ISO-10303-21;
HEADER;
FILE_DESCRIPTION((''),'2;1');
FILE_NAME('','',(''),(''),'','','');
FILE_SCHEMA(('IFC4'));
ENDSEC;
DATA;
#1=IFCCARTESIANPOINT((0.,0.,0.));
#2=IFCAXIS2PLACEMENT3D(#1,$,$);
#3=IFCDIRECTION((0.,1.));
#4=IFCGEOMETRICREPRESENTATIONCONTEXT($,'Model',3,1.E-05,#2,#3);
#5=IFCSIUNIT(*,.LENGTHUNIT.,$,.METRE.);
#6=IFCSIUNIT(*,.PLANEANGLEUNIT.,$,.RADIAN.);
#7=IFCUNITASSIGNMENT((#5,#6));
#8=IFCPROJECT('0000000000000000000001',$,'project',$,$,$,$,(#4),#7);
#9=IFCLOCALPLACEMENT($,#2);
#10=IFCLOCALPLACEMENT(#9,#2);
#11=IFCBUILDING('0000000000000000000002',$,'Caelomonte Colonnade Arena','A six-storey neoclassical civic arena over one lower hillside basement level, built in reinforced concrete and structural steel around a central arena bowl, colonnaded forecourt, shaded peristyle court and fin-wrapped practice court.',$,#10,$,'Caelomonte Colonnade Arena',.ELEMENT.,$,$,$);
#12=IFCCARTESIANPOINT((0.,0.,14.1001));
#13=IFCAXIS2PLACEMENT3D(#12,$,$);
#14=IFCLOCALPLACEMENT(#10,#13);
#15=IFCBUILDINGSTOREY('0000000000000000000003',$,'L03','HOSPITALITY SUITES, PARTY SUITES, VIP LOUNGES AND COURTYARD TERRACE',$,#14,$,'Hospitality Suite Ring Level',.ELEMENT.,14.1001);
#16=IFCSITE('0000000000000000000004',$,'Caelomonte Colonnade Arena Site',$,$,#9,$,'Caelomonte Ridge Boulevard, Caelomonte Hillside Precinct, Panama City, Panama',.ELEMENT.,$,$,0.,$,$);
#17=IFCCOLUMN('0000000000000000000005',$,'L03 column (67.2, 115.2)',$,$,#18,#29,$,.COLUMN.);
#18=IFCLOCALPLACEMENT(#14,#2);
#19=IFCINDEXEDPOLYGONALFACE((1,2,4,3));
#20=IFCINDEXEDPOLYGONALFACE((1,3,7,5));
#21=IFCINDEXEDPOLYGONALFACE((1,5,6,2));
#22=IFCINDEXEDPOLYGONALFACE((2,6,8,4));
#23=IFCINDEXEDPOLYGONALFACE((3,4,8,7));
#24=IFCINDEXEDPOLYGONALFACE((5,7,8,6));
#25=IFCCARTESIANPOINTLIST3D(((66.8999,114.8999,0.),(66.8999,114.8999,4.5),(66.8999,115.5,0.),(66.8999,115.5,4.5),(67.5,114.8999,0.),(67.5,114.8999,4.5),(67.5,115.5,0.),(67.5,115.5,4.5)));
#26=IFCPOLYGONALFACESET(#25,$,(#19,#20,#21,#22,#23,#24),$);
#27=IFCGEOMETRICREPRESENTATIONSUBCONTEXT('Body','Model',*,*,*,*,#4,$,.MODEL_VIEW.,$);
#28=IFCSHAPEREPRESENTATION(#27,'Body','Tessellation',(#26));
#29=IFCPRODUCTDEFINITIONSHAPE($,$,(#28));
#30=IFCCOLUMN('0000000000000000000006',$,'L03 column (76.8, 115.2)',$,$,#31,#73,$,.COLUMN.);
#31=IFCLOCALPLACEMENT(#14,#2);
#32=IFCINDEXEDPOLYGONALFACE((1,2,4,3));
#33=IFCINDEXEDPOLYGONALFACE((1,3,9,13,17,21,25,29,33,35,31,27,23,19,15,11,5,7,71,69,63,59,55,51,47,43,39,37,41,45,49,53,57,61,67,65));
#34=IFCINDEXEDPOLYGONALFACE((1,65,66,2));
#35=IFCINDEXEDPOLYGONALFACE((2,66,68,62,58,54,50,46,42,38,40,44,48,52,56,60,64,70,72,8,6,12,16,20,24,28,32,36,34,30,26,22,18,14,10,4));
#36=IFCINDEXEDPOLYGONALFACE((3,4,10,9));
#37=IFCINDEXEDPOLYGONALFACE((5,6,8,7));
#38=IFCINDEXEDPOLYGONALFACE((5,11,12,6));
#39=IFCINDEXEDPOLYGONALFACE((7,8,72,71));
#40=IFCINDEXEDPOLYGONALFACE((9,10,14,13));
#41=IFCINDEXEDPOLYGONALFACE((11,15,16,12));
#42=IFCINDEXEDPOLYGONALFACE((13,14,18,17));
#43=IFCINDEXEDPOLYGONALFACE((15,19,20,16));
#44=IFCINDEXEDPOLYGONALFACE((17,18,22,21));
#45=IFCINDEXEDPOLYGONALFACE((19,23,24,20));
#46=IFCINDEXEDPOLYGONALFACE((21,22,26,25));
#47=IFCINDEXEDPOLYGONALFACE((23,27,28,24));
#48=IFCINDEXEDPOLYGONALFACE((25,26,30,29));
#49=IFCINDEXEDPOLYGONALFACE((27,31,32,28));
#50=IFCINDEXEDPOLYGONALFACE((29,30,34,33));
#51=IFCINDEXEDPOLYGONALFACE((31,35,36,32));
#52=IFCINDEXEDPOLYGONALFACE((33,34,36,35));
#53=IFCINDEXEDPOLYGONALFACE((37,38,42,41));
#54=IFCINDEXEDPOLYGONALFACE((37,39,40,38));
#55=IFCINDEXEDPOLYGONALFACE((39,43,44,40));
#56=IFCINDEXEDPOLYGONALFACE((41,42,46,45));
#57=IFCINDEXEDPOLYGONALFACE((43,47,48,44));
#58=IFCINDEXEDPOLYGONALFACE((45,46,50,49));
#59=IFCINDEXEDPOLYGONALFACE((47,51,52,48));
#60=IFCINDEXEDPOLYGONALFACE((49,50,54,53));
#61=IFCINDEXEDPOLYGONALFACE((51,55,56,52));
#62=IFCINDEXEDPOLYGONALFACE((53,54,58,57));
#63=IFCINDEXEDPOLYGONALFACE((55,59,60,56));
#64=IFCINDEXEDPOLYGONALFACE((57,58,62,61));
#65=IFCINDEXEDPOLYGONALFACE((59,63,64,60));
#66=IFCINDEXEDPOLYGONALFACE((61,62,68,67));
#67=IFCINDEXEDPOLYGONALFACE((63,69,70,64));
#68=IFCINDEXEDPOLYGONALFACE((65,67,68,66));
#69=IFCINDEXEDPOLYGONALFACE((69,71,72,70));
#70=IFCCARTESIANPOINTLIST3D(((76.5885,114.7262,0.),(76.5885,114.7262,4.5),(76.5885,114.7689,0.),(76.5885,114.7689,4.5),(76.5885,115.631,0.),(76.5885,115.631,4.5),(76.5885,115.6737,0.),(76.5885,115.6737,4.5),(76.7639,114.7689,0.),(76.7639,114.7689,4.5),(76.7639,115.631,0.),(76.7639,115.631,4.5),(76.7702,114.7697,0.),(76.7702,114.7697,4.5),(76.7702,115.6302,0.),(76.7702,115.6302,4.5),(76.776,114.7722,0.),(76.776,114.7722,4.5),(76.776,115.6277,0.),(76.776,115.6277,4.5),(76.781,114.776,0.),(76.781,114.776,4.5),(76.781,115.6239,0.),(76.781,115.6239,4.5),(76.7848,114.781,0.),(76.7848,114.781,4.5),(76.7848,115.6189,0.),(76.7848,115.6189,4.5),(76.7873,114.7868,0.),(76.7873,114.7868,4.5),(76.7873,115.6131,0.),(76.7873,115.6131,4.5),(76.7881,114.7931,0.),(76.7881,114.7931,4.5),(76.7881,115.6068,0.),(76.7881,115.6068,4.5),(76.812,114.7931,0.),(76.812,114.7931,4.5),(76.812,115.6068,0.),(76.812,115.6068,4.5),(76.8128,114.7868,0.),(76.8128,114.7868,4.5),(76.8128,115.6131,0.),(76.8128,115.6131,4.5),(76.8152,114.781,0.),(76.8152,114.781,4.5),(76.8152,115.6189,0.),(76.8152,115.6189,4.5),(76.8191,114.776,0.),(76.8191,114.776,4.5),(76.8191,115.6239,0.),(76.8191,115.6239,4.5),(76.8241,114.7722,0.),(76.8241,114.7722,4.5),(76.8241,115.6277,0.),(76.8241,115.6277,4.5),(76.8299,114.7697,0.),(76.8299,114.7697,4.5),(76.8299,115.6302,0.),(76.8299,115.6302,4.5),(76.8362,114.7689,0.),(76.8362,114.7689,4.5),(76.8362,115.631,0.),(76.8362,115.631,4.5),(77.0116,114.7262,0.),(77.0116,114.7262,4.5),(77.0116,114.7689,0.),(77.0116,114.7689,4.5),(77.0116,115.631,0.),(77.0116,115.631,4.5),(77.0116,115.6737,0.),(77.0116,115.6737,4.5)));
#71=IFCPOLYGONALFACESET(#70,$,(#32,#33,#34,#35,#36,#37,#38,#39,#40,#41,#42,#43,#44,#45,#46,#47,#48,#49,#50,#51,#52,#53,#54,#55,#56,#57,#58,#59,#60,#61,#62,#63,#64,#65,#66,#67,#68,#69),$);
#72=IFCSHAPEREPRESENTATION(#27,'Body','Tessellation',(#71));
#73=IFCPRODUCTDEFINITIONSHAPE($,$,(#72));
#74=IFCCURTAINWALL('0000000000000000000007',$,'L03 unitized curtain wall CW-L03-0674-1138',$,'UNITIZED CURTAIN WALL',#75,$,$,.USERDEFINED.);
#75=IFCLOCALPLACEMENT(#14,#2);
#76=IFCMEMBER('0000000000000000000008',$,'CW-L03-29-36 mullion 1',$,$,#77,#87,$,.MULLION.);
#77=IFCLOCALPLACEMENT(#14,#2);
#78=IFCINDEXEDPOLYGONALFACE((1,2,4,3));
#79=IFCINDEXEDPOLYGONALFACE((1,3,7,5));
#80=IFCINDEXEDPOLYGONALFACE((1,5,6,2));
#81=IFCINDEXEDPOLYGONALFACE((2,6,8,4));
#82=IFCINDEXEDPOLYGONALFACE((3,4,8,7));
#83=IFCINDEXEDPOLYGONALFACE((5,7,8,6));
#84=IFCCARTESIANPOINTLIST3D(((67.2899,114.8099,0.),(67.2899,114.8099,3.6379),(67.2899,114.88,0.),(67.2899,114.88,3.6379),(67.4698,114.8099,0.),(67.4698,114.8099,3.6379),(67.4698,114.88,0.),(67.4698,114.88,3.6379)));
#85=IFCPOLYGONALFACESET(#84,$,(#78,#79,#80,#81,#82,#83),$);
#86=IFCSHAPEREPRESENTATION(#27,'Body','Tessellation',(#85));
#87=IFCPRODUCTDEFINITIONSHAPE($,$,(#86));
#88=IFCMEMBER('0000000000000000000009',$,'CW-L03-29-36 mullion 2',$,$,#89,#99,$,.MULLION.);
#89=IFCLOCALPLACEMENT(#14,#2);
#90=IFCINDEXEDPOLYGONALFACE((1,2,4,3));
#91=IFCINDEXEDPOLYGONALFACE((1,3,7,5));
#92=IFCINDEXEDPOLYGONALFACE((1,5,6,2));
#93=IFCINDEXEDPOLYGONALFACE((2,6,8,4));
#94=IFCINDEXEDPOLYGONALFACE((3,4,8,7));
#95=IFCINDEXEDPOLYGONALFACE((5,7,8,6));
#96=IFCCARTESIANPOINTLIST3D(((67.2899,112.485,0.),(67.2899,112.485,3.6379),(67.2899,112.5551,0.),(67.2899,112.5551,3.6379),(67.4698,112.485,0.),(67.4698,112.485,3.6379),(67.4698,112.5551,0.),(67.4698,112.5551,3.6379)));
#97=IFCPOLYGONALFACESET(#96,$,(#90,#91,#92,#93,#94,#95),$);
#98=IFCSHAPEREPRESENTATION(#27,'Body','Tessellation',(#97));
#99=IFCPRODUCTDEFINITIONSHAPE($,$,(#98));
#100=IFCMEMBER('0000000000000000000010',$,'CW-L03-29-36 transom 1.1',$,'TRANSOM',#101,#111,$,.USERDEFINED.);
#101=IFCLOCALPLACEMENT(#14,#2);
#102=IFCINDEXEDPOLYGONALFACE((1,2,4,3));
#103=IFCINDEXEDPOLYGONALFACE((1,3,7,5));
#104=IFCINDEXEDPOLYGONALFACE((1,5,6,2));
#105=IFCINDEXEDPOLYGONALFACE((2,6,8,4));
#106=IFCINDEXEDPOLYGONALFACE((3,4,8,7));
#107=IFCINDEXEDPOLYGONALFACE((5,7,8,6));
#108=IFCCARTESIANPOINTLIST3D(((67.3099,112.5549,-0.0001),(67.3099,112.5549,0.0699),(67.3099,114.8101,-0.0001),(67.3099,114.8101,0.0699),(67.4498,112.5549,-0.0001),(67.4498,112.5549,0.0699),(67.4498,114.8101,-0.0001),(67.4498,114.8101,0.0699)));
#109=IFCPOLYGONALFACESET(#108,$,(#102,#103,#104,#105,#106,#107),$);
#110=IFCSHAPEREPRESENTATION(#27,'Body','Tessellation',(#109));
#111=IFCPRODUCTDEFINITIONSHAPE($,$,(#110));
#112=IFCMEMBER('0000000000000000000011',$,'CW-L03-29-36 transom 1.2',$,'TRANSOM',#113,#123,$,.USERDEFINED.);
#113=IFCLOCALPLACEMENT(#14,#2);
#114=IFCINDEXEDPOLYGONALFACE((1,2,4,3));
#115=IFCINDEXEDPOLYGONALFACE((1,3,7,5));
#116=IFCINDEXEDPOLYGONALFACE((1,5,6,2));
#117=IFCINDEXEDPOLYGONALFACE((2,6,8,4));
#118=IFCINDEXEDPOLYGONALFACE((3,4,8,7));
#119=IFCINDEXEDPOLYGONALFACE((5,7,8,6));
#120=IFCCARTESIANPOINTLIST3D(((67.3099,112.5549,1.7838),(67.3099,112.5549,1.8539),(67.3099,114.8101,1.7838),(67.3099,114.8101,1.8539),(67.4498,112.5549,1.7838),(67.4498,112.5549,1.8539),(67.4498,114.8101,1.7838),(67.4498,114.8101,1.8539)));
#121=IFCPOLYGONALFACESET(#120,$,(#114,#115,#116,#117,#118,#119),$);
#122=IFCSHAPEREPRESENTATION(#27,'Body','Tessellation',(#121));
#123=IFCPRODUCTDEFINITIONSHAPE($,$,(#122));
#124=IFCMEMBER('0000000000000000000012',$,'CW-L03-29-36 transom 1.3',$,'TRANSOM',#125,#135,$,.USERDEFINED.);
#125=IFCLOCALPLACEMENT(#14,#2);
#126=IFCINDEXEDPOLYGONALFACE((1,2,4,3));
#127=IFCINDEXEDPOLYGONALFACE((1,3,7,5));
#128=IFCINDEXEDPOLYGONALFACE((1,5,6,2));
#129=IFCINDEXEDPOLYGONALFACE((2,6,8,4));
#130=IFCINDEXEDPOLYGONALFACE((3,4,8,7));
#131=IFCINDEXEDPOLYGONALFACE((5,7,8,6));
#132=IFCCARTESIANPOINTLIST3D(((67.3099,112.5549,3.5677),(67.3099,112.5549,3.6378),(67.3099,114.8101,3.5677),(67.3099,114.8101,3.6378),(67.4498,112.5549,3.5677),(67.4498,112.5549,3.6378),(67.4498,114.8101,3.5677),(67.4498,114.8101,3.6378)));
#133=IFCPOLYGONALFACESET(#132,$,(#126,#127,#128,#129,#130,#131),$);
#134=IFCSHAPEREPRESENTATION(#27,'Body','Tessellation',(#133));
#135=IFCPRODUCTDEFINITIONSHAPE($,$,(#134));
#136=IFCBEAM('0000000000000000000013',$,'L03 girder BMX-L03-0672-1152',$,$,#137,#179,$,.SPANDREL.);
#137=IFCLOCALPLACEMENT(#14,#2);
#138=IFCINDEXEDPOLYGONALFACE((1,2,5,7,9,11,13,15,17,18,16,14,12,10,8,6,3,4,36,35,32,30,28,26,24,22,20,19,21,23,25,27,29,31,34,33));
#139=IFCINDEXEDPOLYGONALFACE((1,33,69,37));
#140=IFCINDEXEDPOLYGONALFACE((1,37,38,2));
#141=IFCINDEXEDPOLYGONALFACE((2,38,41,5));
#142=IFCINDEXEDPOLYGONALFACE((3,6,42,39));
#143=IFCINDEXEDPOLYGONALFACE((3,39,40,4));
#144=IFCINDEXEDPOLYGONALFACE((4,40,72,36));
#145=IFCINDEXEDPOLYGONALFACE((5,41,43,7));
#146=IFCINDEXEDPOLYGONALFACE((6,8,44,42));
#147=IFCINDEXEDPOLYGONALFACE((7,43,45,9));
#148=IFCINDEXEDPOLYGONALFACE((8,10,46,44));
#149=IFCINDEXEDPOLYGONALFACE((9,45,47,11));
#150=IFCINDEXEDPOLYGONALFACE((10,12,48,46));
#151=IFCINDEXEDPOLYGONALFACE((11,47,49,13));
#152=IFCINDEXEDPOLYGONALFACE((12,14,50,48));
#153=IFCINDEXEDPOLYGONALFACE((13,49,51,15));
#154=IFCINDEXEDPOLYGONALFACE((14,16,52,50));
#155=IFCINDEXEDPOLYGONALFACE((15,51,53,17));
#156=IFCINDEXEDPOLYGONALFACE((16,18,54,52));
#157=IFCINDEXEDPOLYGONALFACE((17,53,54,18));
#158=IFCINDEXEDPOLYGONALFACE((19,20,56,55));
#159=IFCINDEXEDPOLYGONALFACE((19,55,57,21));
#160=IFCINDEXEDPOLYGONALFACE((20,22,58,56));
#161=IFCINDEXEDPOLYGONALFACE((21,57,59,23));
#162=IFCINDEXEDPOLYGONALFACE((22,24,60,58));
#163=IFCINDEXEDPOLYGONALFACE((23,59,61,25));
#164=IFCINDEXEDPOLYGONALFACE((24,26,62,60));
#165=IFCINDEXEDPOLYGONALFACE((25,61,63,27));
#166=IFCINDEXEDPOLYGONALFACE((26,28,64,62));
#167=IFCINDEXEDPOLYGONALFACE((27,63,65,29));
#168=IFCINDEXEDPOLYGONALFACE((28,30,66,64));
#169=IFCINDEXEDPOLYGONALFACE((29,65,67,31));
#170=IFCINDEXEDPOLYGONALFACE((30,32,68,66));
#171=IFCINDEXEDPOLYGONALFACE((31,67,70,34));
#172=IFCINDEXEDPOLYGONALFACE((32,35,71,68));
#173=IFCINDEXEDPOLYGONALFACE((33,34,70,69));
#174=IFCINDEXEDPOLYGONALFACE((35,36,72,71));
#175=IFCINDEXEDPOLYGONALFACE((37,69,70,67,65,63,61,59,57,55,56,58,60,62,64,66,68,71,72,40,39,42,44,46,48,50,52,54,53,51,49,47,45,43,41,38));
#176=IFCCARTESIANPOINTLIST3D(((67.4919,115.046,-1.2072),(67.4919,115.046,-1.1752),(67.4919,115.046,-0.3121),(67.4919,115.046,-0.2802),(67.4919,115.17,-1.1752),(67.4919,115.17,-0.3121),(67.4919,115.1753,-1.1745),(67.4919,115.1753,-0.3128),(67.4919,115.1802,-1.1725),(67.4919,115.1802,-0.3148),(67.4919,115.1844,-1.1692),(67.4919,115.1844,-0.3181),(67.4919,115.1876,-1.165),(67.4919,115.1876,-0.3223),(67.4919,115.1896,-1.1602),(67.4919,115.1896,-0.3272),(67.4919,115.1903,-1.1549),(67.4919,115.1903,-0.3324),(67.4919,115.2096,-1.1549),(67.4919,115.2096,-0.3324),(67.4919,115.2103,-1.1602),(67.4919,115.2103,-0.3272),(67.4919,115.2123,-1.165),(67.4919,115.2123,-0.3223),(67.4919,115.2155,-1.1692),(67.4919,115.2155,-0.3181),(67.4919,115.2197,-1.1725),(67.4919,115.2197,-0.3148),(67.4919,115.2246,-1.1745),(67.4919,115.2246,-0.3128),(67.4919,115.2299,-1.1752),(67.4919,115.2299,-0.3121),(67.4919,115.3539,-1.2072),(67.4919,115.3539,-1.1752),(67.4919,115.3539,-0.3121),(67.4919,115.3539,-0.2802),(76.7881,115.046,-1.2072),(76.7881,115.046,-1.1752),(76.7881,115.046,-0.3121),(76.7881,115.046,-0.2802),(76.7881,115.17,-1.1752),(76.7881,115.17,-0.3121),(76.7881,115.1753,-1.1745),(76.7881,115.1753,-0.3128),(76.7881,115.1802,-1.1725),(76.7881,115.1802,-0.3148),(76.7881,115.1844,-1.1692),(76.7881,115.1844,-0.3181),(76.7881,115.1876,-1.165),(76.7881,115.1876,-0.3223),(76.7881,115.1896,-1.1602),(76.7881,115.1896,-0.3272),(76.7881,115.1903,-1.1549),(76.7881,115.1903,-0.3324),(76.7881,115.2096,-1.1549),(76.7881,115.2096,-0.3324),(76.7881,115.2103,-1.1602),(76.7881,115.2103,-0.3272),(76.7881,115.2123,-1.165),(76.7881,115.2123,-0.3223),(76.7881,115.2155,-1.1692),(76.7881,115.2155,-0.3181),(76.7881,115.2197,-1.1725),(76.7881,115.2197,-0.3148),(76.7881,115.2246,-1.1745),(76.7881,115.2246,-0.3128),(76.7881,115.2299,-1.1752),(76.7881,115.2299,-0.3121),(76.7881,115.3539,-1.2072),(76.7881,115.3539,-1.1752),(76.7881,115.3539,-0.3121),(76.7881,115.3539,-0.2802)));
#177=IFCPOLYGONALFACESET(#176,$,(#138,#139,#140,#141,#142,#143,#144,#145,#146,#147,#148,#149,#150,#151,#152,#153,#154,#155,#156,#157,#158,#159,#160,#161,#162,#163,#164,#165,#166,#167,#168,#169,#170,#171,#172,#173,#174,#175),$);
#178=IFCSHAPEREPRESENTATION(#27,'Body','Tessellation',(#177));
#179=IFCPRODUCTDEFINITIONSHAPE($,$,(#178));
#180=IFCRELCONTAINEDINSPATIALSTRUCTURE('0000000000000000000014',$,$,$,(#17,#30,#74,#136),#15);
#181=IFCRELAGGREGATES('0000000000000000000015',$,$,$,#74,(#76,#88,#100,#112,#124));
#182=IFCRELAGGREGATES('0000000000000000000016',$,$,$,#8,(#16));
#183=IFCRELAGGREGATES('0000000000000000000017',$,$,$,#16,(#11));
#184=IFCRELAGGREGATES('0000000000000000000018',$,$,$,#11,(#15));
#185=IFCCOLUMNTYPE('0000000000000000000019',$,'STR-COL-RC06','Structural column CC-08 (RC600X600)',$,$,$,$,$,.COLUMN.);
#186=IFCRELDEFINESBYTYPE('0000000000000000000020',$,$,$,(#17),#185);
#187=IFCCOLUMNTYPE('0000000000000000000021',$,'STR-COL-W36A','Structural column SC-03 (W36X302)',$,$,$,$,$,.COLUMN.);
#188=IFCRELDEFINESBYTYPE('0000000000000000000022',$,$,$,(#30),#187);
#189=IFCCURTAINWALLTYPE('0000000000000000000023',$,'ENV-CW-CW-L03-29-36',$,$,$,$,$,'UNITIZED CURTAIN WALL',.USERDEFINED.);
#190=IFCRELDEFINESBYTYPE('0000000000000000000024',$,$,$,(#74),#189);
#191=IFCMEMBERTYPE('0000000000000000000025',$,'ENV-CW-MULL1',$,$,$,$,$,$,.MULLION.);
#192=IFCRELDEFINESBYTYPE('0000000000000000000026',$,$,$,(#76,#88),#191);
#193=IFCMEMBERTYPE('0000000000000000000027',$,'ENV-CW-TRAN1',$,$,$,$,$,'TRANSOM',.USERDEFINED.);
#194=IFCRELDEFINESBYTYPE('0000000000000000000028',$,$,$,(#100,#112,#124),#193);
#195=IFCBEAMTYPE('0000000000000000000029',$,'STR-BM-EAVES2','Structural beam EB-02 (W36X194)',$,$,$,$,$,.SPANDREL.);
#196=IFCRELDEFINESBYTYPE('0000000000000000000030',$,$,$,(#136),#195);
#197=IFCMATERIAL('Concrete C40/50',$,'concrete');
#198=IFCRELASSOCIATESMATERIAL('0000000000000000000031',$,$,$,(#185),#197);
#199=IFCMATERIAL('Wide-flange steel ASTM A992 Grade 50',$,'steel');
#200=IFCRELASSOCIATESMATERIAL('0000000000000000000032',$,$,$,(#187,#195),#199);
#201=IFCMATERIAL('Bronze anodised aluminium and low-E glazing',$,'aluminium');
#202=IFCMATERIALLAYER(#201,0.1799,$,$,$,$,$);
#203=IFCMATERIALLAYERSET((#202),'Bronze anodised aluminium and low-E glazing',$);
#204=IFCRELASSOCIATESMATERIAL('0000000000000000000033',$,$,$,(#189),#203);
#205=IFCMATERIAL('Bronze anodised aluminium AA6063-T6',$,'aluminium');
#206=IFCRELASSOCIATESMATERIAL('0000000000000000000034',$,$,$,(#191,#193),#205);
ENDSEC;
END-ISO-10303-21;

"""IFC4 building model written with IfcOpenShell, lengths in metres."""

from ifc_helpers import new_model, si_unit, direction, frame, origin, origin_2d, place, context, subcontext, project, spatial, rectangle, i_section, extrude, material, layer, layer_set, material_profile, profile_set, type_object, element, aggregate, save


model = new_model("IFC4")

# Units and contexts
model_context = context("Model", 3, precision=1e-05, world=origin(), true_north=direction((0.0, 1.0)))
body_context = subcontext(model_context, "Body", "Model", "MODEL_VIEW")
ifc_project = project(units=[si_unit("LENGTHUNIT", "METRE"), si_unit("PLANEANGLEUNIT", "RADIAN")], contexts=[model_context])

# Site, building, storey
site_placement = place(None, origin())
site = spatial("IfcSite", under=ifc_project, at=site_placement, Name="Caelomonte Colonnade Arena Site", LongName="Caelomonte Ridge Boulevard, Caelomonte Hillside Precinct, Panama City, Panama", CompositionType="ELEMENT", RefElevation=0.0)
building_placement = place(site_placement, origin())
building = spatial("IfcBuilding", under=site, at=building_placement, Name="Caelomonte Colonnade Arena", Description="A six-storey neoclassical civic arena over one lower hillside basement level, built in reinforced concrete and structural steel around a central arena bowl, colonnaded forecourt, shaded peristyle court and fin-wrapped practice court.", LongName="Caelomonte Colonnade Arena", CompositionType="ELEMENT")
storey_placement = place(building_placement, frame((0.0, 0.0, 14.1001)))
storey = spatial("IfcBuildingStorey", under=building, at=storey_placement, Name="L03", Description="HOSPITALITY SUITES, PARTY SUITES, VIP LOUNGES AND COURTYARD TERRACE", LongName="Hospitality Suite Ring Level", CompositionType="ELEMENT", Elevation=14.1001)

# Columns
ifc_material_1 = material(Name="Concrete C40/50", Category="concrete")
ifc_material_profile_1 = material_profile(ifc_material_1, rectangle(XDim=0.6001, YDim=0.6001, at=origin_2d()), Name="RC600X600")
ifc_profile_set_1 = profile_set([ifc_material_profile_1], Name="Concrete C40/50")
column_type_1 = type_object("IfcColumnType", Name="STR-COL-RC06", Description="Structural column CC-08 (RC600X600)", PredefinedType="COLUMN", material=ifc_profile_set_1)
column_1_placement = place(storey_placement, frame((67.2, 115.2, 0.0), z_axis=(0.0, 0.0, 1.0), x_axis=(1.0, 0.0, 0.0)))
element("IfcColumn", 1, at=column_1_placement, inside=storey, type_object=column_type_1, Name="L03 column (67.2, 115.2)", PredefinedType="COLUMN", context=body_context, shape_type="SweptSolid", body=[
    extrude(rectangle(XDim=0.6001, YDim=0.6001, at=origin_2d()), origin(), (0.0, 0.0, 1.0), 4.5),
])
ifc_material_2 = material(Name="Wide-flange steel ASTM A992 Grade 50", Category="steel")
ifc_material_profile_2 = material_profile(ifc_material_2, i_section(OverallWidth=0.4231, OverallDepth=0.9475, WebThickness=0.0239, FlangeThickness=0.0427, FilletRadius=0.0242, at=origin_2d()), Name="W36X302")
ifc_profile_set_2 = profile_set([ifc_material_profile_2], Name="Wide-flange steel ASTM A992 Grade 50")
column_type_2 = type_object("IfcColumnType", Name="STR-COL-W36A", Description="Structural column SC-03 (W36X302)", PredefinedType="COLUMN", material=ifc_profile_set_2)
column_2_placement = place(storey_placement, frame((76.8, 115.2, 0.0), z_axis=(0.0, 0.0, 1.0), x_axis=(1.0, 0.0, 0.0)))
element("IfcColumn", 2, at=column_2_placement, inside=storey, type_object=column_type_2, Name="L03 column (76.8, 115.2)", PredefinedType="COLUMN", context=body_context, shape_type="SweptSolid", body=[
    extrude(i_section(OverallWidth=0.4231, OverallDepth=0.9475, WebThickness=0.0239, FlangeThickness=0.0427, FilletRadius=0.0242, at=origin_2d()), origin(), (0.0, 0.0, 1.0), 4.5),
])

# Curtain wall, members
ifc_material_3 = material(Name="Bronze anodised aluminium and low-E glazing", Category="aluminium")
ifc_layer_1 = layer(ifc_material_3, 0.1799)
ifc_layer_set_1 = layer_set([ifc_layer_1], Name="Bronze anodised aluminium and low-E glazing")
curtain_wall_type = type_object("IfcCurtainWallType", Name="ENV-CW-CW-L03-29-36", ElementType="UNITIZED CURTAIN WALL", PredefinedType="USERDEFINED", material=ifc_layer_set_1)
curtain_wall_placement = place(storey_placement, origin())
curtain_wall = element("IfcCurtainWall", 3, at=curtain_wall_placement, inside=storey, type_object=curtain_wall_type, Name="L03 unitized curtain wall CW-L03-0674-1138", ObjectType="UNITIZED CURTAIN WALL", PredefinedType="USERDEFINED")
ifc_material_4 = material(Name="Bronze anodised aluminium AA6063-T6", Category="aluminium")
ifc_material_profile_3 = material_profile(ifc_material_4, rectangle(XDim=0.0701, YDim=0.1799, at=origin_2d()), Name="CWM-70X180")
ifc_profile_set_3 = profile_set([ifc_material_profile_3], Name="Bronze anodised aluminium AA6063-T6")
member_type_1 = type_object("IfcMemberType", Name="ENV-CW-MULL1", PredefinedType="MULLION", material=ifc_profile_set_3)
member_1_placement = place(storey_placement, frame((67.3799, 114.845, 0.0), z_axis=(0.0, 0.0, 1.0), x_axis=(0.0, -1.0, 0.0)))
member_1 = element("IfcMember", 4, at=member_1_placement, type_object=member_type_1, Name="CW-L03-29-36 mullion 1", PredefinedType="MULLION", context=body_context, shape_type="SweptSolid", body=[
    extrude(rectangle(XDim=0.0701, YDim=0.1799, at=origin_2d()), origin(), (0.0, 0.0, 1.0), 3.6379),
])
member_2_placement = place(storey_placement, frame((67.3799, 112.52, 0.0), z_axis=(0.0, 0.0, 1.0), x_axis=(0.0, -1.0, 0.0)))
member_2 = element("IfcMember", 5, at=member_2_placement, type_object=member_type_1, Name="CW-L03-29-36 mullion 2", PredefinedType="MULLION", context=body_context, shape_type="SweptSolid", body=[
    extrude(rectangle(XDim=0.0701, YDim=0.1799, at=origin_2d()), origin(), (0.0, 0.0, 1.0), 3.6379),
])
ifc_material_profile_4 = material_profile(ifc_material_4, rectangle(XDim=0.0701, YDim=0.1399, at=origin_2d()), Name="CWT-70X140")
ifc_profile_set_4 = profile_set([ifc_material_profile_4], Name="Bronze anodised aluminium AA6063-T6")
member_type_2 = type_object("IfcMemberType", Name="ENV-CW-TRAN1", ElementType="TRANSOM", PredefinedType="USERDEFINED", material=ifc_profile_set_4)
member_3_placement = place(storey_placement, frame((67.3799, 114.8101, 0.0349), z_axis=(0.0, -1.0, 0.0), x_axis=(0.0, 0.0, 1.0)))
member_3 = element("IfcMember", 6, at=member_3_placement, type_object=member_type_2, Name="CW-L03-29-36 transom 1.1", ObjectType="TRANSOM", PredefinedType="USERDEFINED", context=body_context, shape_type="SweptSolid", body=[
    extrude(rectangle(XDim=0.0701, YDim=0.1399, at=origin_2d()), origin(), (0.0, 0.0, 1.0), 2.2551),
])
member_4_placement = place(storey_placement, frame((67.3799, 114.8101, 1.8188), z_axis=(0.0, -1.0, 0.0), x_axis=(0.0, 0.0, 1.0)))
member_4 = element("IfcMember", 7, at=member_4_placement, type_object=member_type_2, Name="CW-L03-29-36 transom 1.2", ObjectType="TRANSOM", PredefinedType="USERDEFINED", context=body_context, shape_type="SweptSolid", body=[
    extrude(rectangle(XDim=0.0701, YDim=0.1399, at=origin_2d()), origin(), (0.0, 0.0, 1.0), 2.2551),
])
member_5_placement = place(storey_placement, frame((67.3799, 114.8101, 3.6028), z_axis=(0.0, -1.0, 0.0), x_axis=(0.0, 0.0, 1.0)))
member_5 = element("IfcMember", 8, at=member_5_placement, type_object=member_type_2, Name="CW-L03-29-36 transom 1.3", ObjectType="TRANSOM", PredefinedType="USERDEFINED", context=body_context, shape_type="SweptSolid", body=[
    extrude(rectangle(XDim=0.0701, YDim=0.1399, at=origin_2d()), origin(), (0.0, 0.0, 1.0), 2.2551),
])

# Beam
ifc_material_profile_5 = material_profile(ifc_material_2, i_section(OverallWidth=0.3079, OverallDepth=0.927, WebThickness=0.0193, FlangeThickness=0.032, FilletRadius=0.0203, at=origin_2d()), Name="W36X194")
ifc_profile_set_5 = profile_set([ifc_material_profile_5], Name="Wide-flange steel ASTM A992 Grade 50")
beam_type_1 = type_object("IfcBeamType", Name="STR-BM-EAVES2", Description="Structural beam EB-02 (W36X194)", PredefinedType="SPANDREL", material=ifc_profile_set_5)
beam_1_placement = place(storey_placement, frame((67.4919, 115.2, -0.7437), z_axis=(1.0, 0.0, 0.0), x_axis=(0.0, 1.0, 0.0)))
element("IfcBeam", 9, at=beam_1_placement, inside=storey, type_object=beam_type_1, Name="L03 girder BMX-L03-0672-1152", PredefinedType="SPANDREL", context=body_context, shape_type="SweptSolid", body=[
    extrude(i_section(OverallWidth=0.3079, OverallDepth=0.927, WebThickness=0.0193, FlangeThickness=0.032, FilletRadius=0.0203, at=origin_2d()), origin(), (0.0, 0.0, 1.0), 9.2961),
])

aggregate(curtain_wall, [member_1, member_2, member_3, member_4, member_5])

save(model, "model.ifc")
